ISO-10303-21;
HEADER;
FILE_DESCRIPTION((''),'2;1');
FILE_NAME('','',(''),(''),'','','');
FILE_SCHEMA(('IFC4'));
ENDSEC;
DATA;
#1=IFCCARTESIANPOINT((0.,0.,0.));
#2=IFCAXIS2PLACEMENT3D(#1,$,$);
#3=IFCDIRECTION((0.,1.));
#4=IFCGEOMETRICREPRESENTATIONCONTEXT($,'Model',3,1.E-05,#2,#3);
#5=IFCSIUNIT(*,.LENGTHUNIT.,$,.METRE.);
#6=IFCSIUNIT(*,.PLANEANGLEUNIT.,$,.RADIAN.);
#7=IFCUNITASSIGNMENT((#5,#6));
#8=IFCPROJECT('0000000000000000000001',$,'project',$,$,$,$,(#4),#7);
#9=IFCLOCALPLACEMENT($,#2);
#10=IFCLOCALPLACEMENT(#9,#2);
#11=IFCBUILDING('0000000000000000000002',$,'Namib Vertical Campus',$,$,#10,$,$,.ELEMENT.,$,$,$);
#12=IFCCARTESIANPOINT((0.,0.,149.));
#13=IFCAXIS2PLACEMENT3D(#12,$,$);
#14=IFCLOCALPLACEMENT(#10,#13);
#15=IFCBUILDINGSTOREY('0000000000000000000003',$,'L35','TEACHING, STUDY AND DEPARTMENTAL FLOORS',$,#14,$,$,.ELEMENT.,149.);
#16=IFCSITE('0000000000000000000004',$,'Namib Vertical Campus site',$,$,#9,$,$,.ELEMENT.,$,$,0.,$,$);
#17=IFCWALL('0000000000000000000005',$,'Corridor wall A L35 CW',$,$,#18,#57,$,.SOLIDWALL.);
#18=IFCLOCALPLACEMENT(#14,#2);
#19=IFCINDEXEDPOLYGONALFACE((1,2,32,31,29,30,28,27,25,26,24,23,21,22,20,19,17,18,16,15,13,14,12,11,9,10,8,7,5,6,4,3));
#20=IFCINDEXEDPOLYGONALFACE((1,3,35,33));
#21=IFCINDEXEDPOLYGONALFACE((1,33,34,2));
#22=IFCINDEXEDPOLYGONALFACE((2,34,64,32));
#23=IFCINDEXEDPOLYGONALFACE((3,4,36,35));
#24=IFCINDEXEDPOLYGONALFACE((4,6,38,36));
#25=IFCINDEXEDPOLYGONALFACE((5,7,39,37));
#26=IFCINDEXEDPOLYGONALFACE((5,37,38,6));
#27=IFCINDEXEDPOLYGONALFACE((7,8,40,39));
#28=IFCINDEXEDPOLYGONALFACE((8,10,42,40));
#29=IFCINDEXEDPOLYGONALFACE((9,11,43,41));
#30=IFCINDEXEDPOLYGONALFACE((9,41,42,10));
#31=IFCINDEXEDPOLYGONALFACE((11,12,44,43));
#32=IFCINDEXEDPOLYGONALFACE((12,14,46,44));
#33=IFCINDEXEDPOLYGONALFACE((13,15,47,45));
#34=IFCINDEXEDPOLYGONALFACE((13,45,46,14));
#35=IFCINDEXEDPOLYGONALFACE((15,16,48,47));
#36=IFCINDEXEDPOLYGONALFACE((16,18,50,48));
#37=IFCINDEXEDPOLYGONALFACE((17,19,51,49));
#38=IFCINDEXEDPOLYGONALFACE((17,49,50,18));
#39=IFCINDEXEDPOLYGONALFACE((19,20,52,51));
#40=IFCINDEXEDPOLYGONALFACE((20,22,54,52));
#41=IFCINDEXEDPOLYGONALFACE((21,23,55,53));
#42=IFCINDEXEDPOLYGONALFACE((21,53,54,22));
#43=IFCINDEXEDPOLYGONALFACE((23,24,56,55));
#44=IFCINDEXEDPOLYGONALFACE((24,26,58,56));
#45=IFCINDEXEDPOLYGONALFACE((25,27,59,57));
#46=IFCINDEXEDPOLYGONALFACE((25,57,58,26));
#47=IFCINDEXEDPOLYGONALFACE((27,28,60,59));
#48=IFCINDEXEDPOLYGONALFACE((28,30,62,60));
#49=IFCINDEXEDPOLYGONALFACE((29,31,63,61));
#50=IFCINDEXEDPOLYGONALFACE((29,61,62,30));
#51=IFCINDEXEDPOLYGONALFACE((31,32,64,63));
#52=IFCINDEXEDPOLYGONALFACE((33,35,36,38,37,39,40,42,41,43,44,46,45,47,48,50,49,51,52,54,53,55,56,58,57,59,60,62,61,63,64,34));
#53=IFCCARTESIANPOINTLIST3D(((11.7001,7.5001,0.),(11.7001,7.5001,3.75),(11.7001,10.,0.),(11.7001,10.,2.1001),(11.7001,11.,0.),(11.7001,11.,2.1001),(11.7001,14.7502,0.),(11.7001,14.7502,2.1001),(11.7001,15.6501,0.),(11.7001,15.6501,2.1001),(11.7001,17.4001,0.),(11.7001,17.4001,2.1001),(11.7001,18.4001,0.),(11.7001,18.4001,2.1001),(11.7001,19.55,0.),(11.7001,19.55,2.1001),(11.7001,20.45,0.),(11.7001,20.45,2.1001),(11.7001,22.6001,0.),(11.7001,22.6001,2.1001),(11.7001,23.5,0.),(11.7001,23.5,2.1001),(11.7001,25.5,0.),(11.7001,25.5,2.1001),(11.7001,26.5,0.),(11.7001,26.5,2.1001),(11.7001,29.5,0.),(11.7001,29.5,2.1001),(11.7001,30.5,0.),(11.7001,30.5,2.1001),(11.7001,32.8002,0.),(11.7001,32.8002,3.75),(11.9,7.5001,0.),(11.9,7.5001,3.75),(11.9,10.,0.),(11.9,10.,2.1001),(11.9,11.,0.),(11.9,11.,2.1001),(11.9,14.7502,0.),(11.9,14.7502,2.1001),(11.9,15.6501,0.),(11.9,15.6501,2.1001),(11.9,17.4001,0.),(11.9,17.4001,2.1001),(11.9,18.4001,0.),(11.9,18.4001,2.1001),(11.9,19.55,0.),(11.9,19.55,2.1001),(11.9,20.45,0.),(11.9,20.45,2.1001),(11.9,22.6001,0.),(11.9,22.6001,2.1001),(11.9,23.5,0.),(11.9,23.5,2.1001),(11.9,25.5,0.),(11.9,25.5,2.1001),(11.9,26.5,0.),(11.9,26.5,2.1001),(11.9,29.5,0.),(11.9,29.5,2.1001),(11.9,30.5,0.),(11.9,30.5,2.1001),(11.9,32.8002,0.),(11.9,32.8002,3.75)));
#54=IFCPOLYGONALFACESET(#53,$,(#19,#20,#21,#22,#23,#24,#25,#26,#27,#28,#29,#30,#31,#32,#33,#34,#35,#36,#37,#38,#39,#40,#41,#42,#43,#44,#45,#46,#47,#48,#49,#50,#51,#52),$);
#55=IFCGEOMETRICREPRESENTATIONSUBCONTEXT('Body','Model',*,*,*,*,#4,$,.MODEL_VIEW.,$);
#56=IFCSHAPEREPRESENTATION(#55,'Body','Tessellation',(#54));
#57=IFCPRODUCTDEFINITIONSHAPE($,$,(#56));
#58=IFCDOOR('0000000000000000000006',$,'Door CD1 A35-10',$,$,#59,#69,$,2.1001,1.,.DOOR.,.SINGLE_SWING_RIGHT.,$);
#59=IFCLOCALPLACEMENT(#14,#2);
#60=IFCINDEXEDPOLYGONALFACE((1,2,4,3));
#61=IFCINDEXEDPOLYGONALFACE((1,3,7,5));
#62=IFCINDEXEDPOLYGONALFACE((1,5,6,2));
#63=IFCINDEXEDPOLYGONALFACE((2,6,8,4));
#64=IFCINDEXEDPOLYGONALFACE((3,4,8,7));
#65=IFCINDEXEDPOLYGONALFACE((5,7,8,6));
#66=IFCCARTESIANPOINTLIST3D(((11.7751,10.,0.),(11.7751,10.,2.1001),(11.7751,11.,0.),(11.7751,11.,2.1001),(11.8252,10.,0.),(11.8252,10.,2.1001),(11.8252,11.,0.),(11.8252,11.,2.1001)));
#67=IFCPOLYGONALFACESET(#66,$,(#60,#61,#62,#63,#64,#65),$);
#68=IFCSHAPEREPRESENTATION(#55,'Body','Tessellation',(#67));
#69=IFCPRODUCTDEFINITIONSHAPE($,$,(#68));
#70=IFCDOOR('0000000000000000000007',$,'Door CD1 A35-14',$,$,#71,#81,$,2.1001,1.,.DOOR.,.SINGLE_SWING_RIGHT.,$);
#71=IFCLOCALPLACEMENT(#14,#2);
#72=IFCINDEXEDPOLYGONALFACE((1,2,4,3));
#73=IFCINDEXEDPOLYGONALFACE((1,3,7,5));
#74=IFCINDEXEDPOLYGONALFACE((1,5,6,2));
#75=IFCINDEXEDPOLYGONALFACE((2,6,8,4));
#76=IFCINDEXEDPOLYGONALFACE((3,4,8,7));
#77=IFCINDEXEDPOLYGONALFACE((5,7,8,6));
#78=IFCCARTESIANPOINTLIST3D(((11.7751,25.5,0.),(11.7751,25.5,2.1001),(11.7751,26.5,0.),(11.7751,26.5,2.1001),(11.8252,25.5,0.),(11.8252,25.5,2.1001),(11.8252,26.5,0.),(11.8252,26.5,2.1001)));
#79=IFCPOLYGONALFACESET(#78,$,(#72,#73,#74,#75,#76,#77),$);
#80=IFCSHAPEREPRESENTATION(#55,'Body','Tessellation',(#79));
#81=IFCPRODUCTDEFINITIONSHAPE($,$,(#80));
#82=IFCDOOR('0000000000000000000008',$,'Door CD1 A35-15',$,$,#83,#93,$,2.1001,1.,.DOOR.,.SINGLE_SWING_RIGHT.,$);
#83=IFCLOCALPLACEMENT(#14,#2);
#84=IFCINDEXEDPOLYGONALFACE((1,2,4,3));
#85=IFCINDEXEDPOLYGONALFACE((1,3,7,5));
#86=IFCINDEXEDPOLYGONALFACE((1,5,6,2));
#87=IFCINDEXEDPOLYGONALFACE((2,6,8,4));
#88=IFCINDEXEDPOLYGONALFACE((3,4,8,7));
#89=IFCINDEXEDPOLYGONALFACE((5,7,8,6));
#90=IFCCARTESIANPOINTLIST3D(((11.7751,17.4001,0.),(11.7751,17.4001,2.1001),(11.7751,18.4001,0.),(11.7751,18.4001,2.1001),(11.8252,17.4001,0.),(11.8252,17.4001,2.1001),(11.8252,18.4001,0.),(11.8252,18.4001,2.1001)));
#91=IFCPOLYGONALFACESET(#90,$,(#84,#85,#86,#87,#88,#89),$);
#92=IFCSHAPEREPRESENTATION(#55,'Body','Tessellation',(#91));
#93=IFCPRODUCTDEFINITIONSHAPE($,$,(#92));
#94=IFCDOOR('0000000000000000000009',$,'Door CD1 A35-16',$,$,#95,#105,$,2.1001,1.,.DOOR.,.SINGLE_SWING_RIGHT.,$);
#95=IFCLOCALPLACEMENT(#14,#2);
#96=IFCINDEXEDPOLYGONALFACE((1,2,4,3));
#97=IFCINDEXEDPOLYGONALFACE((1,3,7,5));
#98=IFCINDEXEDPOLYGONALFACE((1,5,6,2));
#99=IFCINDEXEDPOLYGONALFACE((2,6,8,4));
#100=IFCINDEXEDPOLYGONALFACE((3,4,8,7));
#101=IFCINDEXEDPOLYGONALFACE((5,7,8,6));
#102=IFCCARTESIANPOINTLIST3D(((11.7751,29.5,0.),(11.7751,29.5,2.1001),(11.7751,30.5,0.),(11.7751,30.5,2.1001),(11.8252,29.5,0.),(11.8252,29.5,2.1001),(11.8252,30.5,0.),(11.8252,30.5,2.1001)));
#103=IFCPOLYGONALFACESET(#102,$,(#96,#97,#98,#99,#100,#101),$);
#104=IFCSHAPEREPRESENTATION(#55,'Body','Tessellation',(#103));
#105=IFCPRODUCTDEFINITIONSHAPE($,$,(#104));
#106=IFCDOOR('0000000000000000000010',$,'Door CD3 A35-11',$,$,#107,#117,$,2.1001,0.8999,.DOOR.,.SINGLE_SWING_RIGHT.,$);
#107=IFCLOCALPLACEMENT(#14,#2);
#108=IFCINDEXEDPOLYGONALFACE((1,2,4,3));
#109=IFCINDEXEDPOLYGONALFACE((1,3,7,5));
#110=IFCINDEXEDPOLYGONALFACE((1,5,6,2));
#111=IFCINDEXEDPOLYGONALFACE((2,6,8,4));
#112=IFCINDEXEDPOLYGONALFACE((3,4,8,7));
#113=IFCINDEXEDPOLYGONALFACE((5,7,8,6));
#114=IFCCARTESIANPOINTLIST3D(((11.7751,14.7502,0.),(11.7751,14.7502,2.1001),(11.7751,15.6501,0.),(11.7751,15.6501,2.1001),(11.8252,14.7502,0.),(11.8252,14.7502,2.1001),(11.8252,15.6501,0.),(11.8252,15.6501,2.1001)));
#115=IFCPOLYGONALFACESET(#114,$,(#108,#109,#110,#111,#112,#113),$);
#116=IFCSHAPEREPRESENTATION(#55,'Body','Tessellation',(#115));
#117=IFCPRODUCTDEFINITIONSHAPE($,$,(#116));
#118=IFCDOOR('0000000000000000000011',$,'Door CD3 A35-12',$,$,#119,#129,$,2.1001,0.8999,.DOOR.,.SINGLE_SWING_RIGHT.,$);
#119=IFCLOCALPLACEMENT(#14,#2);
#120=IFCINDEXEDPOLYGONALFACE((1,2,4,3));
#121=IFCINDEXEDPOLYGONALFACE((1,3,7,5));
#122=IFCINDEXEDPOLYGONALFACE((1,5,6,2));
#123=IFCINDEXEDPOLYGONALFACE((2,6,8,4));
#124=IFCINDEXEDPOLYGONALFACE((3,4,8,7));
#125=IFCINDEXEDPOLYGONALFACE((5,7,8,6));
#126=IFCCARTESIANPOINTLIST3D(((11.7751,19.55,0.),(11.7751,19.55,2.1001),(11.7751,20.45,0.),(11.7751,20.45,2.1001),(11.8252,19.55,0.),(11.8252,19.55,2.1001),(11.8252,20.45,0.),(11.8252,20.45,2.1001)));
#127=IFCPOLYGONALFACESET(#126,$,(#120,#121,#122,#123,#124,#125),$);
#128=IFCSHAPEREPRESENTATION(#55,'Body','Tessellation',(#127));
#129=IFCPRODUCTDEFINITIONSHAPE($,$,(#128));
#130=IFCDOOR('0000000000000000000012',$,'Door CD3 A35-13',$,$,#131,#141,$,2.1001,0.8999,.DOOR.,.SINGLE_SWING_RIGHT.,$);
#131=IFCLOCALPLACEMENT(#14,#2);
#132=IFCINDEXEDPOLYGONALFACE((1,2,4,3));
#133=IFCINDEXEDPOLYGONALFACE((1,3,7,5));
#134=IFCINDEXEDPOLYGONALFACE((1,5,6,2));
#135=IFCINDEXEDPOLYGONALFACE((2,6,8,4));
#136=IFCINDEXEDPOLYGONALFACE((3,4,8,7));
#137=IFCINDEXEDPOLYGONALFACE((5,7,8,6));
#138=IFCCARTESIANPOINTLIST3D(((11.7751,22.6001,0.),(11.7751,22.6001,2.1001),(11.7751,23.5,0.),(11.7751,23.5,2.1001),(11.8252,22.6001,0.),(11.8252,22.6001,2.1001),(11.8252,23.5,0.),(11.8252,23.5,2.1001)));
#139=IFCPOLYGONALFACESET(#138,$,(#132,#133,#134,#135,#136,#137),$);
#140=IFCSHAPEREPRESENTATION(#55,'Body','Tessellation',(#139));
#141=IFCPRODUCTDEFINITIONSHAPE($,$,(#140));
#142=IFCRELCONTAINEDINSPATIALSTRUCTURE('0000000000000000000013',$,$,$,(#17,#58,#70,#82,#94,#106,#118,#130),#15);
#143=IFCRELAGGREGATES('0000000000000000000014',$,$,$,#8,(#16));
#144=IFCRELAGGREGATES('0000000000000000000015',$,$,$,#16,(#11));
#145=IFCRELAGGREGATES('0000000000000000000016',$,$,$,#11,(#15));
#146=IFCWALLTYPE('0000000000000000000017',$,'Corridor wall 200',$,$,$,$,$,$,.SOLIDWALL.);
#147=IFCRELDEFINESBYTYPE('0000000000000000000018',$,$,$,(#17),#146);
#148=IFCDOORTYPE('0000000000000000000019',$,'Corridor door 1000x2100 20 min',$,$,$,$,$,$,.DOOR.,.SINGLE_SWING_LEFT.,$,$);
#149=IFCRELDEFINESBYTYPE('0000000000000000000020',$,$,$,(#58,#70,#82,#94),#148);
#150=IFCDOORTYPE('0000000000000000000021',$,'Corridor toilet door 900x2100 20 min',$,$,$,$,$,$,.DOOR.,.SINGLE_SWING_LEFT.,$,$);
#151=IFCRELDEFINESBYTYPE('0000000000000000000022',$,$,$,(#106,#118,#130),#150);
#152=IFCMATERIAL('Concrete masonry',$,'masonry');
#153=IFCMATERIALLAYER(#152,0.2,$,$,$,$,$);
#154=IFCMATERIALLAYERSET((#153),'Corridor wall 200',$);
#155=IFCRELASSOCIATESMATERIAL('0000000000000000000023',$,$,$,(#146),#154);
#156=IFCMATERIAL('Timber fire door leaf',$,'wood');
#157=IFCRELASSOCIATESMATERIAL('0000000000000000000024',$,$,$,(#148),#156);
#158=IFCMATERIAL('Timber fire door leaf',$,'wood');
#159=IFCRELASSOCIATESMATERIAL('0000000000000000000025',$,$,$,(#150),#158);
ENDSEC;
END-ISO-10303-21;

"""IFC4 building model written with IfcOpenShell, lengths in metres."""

from ifc_helpers import new_model, si_unit, direction, frame, frame_2d, origin, place, context, subcontext, project, spatial, rectangle, extrude, material, layer, layer_set, type_object, element, fill, save


model = new_model("IFC4")

# Units and contexts
model_context = context("Model", 3, precision=1e-05, world=origin(), true_north=direction((0.0, 1.0)))
body_context = subcontext(model_context, "Body", "Model", "MODEL_VIEW")
ifc_project = project(units=[si_unit("LENGTHUNIT", "METRE"), si_unit("PLANEANGLEUNIT", "RADIAN")], contexts=[model_context])

# Site, building, storey
site_placement = place(None, origin())
site = spatial("IfcSite", under=ifc_project, at=site_placement, Name="Namib Vertical Campus site", CompositionType="ELEMENT", RefElevation=0.0)
building_placement = place(site_placement, origin())
building = spatial("IfcBuilding", under=site, at=building_placement, Name="Namib Vertical Campus", CompositionType="ELEMENT")
storey_placement = place(building_placement, frame((0.0, 0.0, 149.0)))
storey = spatial("IfcBuildingStorey", under=building, at=storey_placement, Name="L35", Description="TEACHING, STUDY AND DEPARTMENTAL FLOORS", CompositionType="ELEMENT", Elevation=149.0)

# Wall, openings, doors
ifc_material_1 = material(Name="Concrete masonry", Category="masonry")
ifc_layer_1 = layer(ifc_material_1, 0.2)
ifc_layer_set_1 = layer_set([ifc_layer_1], Name="Corridor wall 200")
wall_type_1 = type_object("IfcWallType", Name="Corridor wall 200", PredefinedType="SOLIDWALL", material=ifc_layer_set_1)
wall_1_placement = place(storey_placement, frame((11.8, 32.8, 0.0), z_axis=(0.0, 0.0, 1.0), x_axis=(0.0, -1.0, 0.0)))
wall_1 = element("IfcWall", 1, at=wall_1_placement, inside=storey, type_object=wall_type_1, Name="Corridor wall A L35 CW", PredefinedType="SOLIDWALL", context=body_context, shape_type="SweptSolid", body=[
    extrude(rectangle(XDim=25.3, YDim=0.2, at=frame_2d((12.6499, 0.0))), origin(), (0.0, 0.0, 1.0), 3.75),
])
opening_1_placement = place(wall_1_placement, frame((21.8, 0.0, 0.0)))
opening_1 = element("IfcOpeningElement", 2, at=opening_1_placement, cuts=wall_1, PredefinedType="OPENING", context=body_context, shape_type="SweptSolid", body=[
    extrude(rectangle(XDim=1.0, YDim=2.1001, at=frame_2d((0.5, 1.05))), frame((0.0, 0.1099, 0.0), z_axis=(0.0, -1.0, 0.0), x_axis=(1.0, 0.0, 0.0)), (0.0, 0.0, 1.0), 0.22),
])
opening_2_placement = place(wall_1_placement, frame((17.1499, 0.0, 0.0)))
opening_2 = element("IfcOpeningElement", 3, at=opening_2_placement, cuts=wall_1, PredefinedType="OPENING", context=body_context, shape_type="SweptSolid", body=[
    extrude(rectangle(XDim=0.8999, YDim=2.1001, at=frame_2d((0.45, 1.05))), frame((0.0, 0.1099, 0.0), z_axis=(0.0, -1.0, 0.0), x_axis=(1.0, 0.0, 0.0)), (0.0, 0.0, 1.0), 0.22),
])
opening_3_placement = place(wall_1_placement, frame((12.3501, 0.0, 0.0)))
opening_3 = element("IfcOpeningElement", 4, at=opening_3_placement, cuts=wall_1, PredefinedType="OPENING", context=body_context, shape_type="SweptSolid", body=[
    extrude(rectangle(XDim=0.8999, YDim=2.1001, at=frame_2d((0.45, 1.05))), frame((0.0, 0.1099, 0.0), z_axis=(0.0, -1.0, 0.0), x_axis=(1.0, 0.0, 0.0)), (0.0, 0.0, 1.0), 0.22),
])
opening_4_placement = place(wall_1_placement, frame((9.3, 0.0, 0.0)))
opening_4 = element("IfcOpeningElement", 5, at=opening_4_placement, cuts=wall_1, PredefinedType="OPENING", context=body_context, shape_type="SweptSolid", body=[
    extrude(rectangle(XDim=0.8999, YDim=2.1001, at=frame_2d((0.45, 1.05))), frame((0.0, 0.1099, 0.0), z_axis=(0.0, -1.0, 0.0), x_axis=(1.0, 0.0, 0.0)), (0.0, 0.0, 1.0), 0.22),
])
opening_5_placement = place(wall_1_placement, frame((6.3, 0.0, 0.0)))
opening_5 = element("IfcOpeningElement", 6, at=opening_5_placement, cuts=wall_1, PredefinedType="OPENING", context=body_context, shape_type="SweptSolid", body=[
    extrude(rectangle(XDim=1.0, YDim=2.1001, at=frame_2d((0.5, 1.05))), frame((0.0, 0.1099, 0.0), z_axis=(0.0, -1.0, 0.0), x_axis=(1.0, 0.0, 0.0)), (0.0, 0.0, 1.0), 0.22),
])
opening_6_placement = place(wall_1_placement, frame((14.3999, 0.0, 0.0)))
opening_6 = element("IfcOpeningElement", 7, at=opening_6_placement, cuts=wall_1, PredefinedType="OPENING", context=body_context, shape_type="SweptSolid", body=[
    extrude(rectangle(XDim=1.0, YDim=2.1001, at=frame_2d((0.5, 1.05))), frame((0.0, 0.1099, 0.0), z_axis=(0.0, -1.0, 0.0), x_axis=(1.0, 0.0, 0.0)), (0.0, 0.0, 1.0), 0.22),
])
opening_7_placement = place(wall_1_placement, frame((2.3, 0.0, 0.0)))
opening_7 = element("IfcOpeningElement", 8, at=opening_7_placement, cuts=wall_1, PredefinedType="OPENING", context=body_context, shape_type="SweptSolid", body=[
    extrude(rectangle(XDim=1.0, YDim=2.1001, at=frame_2d((0.5, 1.05))), frame((0.0, 0.1099, 0.0), z_axis=(0.0, -1.0, 0.0), x_axis=(1.0, 0.0, 0.0)), (0.0, 0.0, 1.0), 0.22),
])
ifc_material_2 = material(Name="Timber fire door leaf", Category="wood")
door_type_1 = type_object("IfcDoorType", Name="Corridor door 1000x2100 20 min", OperationType="SINGLE_SWING_LEFT", PredefinedType="DOOR", material=ifc_material_2)
door_1_placement = place(opening_1_placement, frame((1.0, 0.0, 0.0), z_axis=(0.0, 0.0, 1.0), x_axis=(-1.0, 0.0, 0.0)))
door_1 = element("IfcDoor", 9, at=door_1_placement, inside=storey, type_object=door_type_1, Name="Door CD1 A35-10", OperationType="SINGLE_SWING_RIGHT", OverallHeight=2.1001, OverallWidth=1.0, PredefinedType="DOOR", context=body_context, shape_type="SweptSolid", body=[
    extrude(rectangle(XDim=1.0, YDim=2.1001, at=frame_2d((0.5, 1.05))), frame((0.0, 0.0249, 0.0), z_axis=(0.0, -1.0, 0.0), x_axis=(1.0, 0.0, 0.0)), (0.0, 0.0, 1.0), 0.05),
])
fill(opening_1, door_1)
door_2_placement = place(opening_5_placement, frame((1.0, 0.0, 0.0), z_axis=(0.0, 0.0, 1.0), x_axis=(-1.0, 0.0, 0.0)))
door_2 = element("IfcDoor", 10, at=door_2_placement, inside=storey, type_object=door_type_1, Name="Door CD1 A35-14", OperationType="SINGLE_SWING_RIGHT", OverallHeight=2.1001, OverallWidth=1.0, PredefinedType="DOOR", context=body_context, shape_type="SweptSolid", body=[
    extrude(rectangle(XDim=1.0, YDim=2.1001, at=frame_2d((0.5, 1.05))), frame((0.0, 0.0249, 0.0), z_axis=(0.0, -1.0, 0.0), x_axis=(1.0, 0.0, 0.0)), (0.0, 0.0, 1.0), 0.05),
])
fill(opening_5, door_2)
door_3_placement = place(opening_6_placement, frame((1.0, 0.0, 0.0), z_axis=(0.0, 0.0, 1.0), x_axis=(-1.0, 0.0, 0.0)))
door_3 = element("IfcDoor", 11, at=door_3_placement, inside=storey, type_object=door_type_1, Name="Door CD1 A35-15", OperationType="SINGLE_SWING_RIGHT", OverallHeight=2.1001, OverallWidth=1.0, PredefinedType="DOOR", context=body_context, shape_type="SweptSolid", body=[
    extrude(rectangle(XDim=1.0, YDim=2.1001, at=frame_2d((0.5, 1.05))), frame((0.0, 0.0249, 0.0), z_axis=(0.0, -1.0, 0.0), x_axis=(1.0, 0.0, 0.0)), (0.0, 0.0, 1.0), 0.05),
])
fill(opening_6, door_3)
door_4_placement = place(opening_7_placement, frame((1.0, 0.0, 0.0), z_axis=(0.0, 0.0, 1.0), x_axis=(-1.0, 0.0, 0.0)))
door_4 = element("IfcDoor", 12, at=door_4_placement, inside=storey, type_object=door_type_1, Name="Door CD1 A35-16", OperationType="SINGLE_SWING_RIGHT", OverallHeight=2.1001, OverallWidth=1.0, PredefinedType="DOOR", context=body_context, shape_type="SweptSolid", body=[
    extrude(rectangle(XDim=1.0, YDim=2.1001, at=frame_2d((0.5, 1.05))), frame((0.0, 0.0249, 0.0), z_axis=(0.0, -1.0, 0.0), x_axis=(1.0, 0.0, 0.0)), (0.0, 0.0, 1.0), 0.05),
])
fill(opening_7, door_4)
ifc_material_3 = material(Name="Timber fire door leaf", Category="wood")
door_type_2 = type_object("IfcDoorType", Name="Corridor toilet door 900x2100 20 min", OperationType="SINGLE_SWING_LEFT", PredefinedType="DOOR", material=ifc_material_3)
door_5_placement = place(opening_2_placement, frame((0.8999, 0.0, 0.0), z_axis=(0.0, 0.0, 1.0), x_axis=(-1.0, 0.0, 0.0)))
door_5 = element("IfcDoor", 13, at=door_5_placement, inside=storey, type_object=door_type_2, Name="Door CD3 A35-11", OperationType="SINGLE_SWING_RIGHT", OverallHeight=2.1001, OverallWidth=0.8999, PredefinedType="DOOR", context=body_context, shape_type="SweptSolid", body=[
    extrude(rectangle(XDim=0.8999, YDim=2.1001, at=frame_2d((0.45, 1.05))), frame((0.0, 0.0249, 0.0), z_axis=(0.0, -1.0, 0.0), x_axis=(1.0, 0.0, 0.0)), (0.0, 0.0, 1.0), 0.05),
])
fill(opening_2, door_5)
door_6_placement = place(opening_3_placement, frame((0.8999, 0.0, 0.0), z_axis=(0.0, 0.0, 1.0), x_axis=(-1.0, 0.0, 0.0)))
door_6 = element("IfcDoor", 14, at=door_6_placement, inside=storey, type_object=door_type_2, Name="Door CD3 A35-12", OperationType="SINGLE_SWING_RIGHT", OverallHeight=2.1001, OverallWidth=0.8999, PredefinedType="DOOR", context=body_context, shape_type="SweptSolid", body=[
    extrude(rectangle(XDim=0.8999, YDim=2.1001, at=frame_2d((0.45, 1.05))), frame((0.0, 0.0249, 0.0), z_axis=(0.0, -1.0, 0.0), x_axis=(1.0, 0.0, 0.0)), (0.0, 0.0, 1.0), 0.05),
])
fill(opening_3, door_6)
door_7_placement = place(opening_4_placement, frame((0.8999, 0.0, 0.0), z_axis=(0.0, 0.0, 1.0), x_axis=(-1.0, 0.0, 0.0)))
door_7 = element("IfcDoor", 15, at=door_7_placement, inside=storey, type_object=door_type_2, Name="Door CD3 A35-13", OperationType="SINGLE_SWING_RIGHT", OverallHeight=2.1001, OverallWidth=0.8999, PredefinedType="DOOR", context=body_context, shape_type="SweptSolid", body=[
    extrude(rectangle(XDim=0.8999, YDim=2.1001, at=frame_2d((0.45, 1.05))), frame((0.0, 0.0249, 0.0), z_axis=(0.0, -1.0, 0.0), x_axis=(1.0, 0.0, 0.0)), (0.0, 0.0, 1.0), 0.05),
])
fill(opening_4, door_7)

save(model, "model.ifc")
